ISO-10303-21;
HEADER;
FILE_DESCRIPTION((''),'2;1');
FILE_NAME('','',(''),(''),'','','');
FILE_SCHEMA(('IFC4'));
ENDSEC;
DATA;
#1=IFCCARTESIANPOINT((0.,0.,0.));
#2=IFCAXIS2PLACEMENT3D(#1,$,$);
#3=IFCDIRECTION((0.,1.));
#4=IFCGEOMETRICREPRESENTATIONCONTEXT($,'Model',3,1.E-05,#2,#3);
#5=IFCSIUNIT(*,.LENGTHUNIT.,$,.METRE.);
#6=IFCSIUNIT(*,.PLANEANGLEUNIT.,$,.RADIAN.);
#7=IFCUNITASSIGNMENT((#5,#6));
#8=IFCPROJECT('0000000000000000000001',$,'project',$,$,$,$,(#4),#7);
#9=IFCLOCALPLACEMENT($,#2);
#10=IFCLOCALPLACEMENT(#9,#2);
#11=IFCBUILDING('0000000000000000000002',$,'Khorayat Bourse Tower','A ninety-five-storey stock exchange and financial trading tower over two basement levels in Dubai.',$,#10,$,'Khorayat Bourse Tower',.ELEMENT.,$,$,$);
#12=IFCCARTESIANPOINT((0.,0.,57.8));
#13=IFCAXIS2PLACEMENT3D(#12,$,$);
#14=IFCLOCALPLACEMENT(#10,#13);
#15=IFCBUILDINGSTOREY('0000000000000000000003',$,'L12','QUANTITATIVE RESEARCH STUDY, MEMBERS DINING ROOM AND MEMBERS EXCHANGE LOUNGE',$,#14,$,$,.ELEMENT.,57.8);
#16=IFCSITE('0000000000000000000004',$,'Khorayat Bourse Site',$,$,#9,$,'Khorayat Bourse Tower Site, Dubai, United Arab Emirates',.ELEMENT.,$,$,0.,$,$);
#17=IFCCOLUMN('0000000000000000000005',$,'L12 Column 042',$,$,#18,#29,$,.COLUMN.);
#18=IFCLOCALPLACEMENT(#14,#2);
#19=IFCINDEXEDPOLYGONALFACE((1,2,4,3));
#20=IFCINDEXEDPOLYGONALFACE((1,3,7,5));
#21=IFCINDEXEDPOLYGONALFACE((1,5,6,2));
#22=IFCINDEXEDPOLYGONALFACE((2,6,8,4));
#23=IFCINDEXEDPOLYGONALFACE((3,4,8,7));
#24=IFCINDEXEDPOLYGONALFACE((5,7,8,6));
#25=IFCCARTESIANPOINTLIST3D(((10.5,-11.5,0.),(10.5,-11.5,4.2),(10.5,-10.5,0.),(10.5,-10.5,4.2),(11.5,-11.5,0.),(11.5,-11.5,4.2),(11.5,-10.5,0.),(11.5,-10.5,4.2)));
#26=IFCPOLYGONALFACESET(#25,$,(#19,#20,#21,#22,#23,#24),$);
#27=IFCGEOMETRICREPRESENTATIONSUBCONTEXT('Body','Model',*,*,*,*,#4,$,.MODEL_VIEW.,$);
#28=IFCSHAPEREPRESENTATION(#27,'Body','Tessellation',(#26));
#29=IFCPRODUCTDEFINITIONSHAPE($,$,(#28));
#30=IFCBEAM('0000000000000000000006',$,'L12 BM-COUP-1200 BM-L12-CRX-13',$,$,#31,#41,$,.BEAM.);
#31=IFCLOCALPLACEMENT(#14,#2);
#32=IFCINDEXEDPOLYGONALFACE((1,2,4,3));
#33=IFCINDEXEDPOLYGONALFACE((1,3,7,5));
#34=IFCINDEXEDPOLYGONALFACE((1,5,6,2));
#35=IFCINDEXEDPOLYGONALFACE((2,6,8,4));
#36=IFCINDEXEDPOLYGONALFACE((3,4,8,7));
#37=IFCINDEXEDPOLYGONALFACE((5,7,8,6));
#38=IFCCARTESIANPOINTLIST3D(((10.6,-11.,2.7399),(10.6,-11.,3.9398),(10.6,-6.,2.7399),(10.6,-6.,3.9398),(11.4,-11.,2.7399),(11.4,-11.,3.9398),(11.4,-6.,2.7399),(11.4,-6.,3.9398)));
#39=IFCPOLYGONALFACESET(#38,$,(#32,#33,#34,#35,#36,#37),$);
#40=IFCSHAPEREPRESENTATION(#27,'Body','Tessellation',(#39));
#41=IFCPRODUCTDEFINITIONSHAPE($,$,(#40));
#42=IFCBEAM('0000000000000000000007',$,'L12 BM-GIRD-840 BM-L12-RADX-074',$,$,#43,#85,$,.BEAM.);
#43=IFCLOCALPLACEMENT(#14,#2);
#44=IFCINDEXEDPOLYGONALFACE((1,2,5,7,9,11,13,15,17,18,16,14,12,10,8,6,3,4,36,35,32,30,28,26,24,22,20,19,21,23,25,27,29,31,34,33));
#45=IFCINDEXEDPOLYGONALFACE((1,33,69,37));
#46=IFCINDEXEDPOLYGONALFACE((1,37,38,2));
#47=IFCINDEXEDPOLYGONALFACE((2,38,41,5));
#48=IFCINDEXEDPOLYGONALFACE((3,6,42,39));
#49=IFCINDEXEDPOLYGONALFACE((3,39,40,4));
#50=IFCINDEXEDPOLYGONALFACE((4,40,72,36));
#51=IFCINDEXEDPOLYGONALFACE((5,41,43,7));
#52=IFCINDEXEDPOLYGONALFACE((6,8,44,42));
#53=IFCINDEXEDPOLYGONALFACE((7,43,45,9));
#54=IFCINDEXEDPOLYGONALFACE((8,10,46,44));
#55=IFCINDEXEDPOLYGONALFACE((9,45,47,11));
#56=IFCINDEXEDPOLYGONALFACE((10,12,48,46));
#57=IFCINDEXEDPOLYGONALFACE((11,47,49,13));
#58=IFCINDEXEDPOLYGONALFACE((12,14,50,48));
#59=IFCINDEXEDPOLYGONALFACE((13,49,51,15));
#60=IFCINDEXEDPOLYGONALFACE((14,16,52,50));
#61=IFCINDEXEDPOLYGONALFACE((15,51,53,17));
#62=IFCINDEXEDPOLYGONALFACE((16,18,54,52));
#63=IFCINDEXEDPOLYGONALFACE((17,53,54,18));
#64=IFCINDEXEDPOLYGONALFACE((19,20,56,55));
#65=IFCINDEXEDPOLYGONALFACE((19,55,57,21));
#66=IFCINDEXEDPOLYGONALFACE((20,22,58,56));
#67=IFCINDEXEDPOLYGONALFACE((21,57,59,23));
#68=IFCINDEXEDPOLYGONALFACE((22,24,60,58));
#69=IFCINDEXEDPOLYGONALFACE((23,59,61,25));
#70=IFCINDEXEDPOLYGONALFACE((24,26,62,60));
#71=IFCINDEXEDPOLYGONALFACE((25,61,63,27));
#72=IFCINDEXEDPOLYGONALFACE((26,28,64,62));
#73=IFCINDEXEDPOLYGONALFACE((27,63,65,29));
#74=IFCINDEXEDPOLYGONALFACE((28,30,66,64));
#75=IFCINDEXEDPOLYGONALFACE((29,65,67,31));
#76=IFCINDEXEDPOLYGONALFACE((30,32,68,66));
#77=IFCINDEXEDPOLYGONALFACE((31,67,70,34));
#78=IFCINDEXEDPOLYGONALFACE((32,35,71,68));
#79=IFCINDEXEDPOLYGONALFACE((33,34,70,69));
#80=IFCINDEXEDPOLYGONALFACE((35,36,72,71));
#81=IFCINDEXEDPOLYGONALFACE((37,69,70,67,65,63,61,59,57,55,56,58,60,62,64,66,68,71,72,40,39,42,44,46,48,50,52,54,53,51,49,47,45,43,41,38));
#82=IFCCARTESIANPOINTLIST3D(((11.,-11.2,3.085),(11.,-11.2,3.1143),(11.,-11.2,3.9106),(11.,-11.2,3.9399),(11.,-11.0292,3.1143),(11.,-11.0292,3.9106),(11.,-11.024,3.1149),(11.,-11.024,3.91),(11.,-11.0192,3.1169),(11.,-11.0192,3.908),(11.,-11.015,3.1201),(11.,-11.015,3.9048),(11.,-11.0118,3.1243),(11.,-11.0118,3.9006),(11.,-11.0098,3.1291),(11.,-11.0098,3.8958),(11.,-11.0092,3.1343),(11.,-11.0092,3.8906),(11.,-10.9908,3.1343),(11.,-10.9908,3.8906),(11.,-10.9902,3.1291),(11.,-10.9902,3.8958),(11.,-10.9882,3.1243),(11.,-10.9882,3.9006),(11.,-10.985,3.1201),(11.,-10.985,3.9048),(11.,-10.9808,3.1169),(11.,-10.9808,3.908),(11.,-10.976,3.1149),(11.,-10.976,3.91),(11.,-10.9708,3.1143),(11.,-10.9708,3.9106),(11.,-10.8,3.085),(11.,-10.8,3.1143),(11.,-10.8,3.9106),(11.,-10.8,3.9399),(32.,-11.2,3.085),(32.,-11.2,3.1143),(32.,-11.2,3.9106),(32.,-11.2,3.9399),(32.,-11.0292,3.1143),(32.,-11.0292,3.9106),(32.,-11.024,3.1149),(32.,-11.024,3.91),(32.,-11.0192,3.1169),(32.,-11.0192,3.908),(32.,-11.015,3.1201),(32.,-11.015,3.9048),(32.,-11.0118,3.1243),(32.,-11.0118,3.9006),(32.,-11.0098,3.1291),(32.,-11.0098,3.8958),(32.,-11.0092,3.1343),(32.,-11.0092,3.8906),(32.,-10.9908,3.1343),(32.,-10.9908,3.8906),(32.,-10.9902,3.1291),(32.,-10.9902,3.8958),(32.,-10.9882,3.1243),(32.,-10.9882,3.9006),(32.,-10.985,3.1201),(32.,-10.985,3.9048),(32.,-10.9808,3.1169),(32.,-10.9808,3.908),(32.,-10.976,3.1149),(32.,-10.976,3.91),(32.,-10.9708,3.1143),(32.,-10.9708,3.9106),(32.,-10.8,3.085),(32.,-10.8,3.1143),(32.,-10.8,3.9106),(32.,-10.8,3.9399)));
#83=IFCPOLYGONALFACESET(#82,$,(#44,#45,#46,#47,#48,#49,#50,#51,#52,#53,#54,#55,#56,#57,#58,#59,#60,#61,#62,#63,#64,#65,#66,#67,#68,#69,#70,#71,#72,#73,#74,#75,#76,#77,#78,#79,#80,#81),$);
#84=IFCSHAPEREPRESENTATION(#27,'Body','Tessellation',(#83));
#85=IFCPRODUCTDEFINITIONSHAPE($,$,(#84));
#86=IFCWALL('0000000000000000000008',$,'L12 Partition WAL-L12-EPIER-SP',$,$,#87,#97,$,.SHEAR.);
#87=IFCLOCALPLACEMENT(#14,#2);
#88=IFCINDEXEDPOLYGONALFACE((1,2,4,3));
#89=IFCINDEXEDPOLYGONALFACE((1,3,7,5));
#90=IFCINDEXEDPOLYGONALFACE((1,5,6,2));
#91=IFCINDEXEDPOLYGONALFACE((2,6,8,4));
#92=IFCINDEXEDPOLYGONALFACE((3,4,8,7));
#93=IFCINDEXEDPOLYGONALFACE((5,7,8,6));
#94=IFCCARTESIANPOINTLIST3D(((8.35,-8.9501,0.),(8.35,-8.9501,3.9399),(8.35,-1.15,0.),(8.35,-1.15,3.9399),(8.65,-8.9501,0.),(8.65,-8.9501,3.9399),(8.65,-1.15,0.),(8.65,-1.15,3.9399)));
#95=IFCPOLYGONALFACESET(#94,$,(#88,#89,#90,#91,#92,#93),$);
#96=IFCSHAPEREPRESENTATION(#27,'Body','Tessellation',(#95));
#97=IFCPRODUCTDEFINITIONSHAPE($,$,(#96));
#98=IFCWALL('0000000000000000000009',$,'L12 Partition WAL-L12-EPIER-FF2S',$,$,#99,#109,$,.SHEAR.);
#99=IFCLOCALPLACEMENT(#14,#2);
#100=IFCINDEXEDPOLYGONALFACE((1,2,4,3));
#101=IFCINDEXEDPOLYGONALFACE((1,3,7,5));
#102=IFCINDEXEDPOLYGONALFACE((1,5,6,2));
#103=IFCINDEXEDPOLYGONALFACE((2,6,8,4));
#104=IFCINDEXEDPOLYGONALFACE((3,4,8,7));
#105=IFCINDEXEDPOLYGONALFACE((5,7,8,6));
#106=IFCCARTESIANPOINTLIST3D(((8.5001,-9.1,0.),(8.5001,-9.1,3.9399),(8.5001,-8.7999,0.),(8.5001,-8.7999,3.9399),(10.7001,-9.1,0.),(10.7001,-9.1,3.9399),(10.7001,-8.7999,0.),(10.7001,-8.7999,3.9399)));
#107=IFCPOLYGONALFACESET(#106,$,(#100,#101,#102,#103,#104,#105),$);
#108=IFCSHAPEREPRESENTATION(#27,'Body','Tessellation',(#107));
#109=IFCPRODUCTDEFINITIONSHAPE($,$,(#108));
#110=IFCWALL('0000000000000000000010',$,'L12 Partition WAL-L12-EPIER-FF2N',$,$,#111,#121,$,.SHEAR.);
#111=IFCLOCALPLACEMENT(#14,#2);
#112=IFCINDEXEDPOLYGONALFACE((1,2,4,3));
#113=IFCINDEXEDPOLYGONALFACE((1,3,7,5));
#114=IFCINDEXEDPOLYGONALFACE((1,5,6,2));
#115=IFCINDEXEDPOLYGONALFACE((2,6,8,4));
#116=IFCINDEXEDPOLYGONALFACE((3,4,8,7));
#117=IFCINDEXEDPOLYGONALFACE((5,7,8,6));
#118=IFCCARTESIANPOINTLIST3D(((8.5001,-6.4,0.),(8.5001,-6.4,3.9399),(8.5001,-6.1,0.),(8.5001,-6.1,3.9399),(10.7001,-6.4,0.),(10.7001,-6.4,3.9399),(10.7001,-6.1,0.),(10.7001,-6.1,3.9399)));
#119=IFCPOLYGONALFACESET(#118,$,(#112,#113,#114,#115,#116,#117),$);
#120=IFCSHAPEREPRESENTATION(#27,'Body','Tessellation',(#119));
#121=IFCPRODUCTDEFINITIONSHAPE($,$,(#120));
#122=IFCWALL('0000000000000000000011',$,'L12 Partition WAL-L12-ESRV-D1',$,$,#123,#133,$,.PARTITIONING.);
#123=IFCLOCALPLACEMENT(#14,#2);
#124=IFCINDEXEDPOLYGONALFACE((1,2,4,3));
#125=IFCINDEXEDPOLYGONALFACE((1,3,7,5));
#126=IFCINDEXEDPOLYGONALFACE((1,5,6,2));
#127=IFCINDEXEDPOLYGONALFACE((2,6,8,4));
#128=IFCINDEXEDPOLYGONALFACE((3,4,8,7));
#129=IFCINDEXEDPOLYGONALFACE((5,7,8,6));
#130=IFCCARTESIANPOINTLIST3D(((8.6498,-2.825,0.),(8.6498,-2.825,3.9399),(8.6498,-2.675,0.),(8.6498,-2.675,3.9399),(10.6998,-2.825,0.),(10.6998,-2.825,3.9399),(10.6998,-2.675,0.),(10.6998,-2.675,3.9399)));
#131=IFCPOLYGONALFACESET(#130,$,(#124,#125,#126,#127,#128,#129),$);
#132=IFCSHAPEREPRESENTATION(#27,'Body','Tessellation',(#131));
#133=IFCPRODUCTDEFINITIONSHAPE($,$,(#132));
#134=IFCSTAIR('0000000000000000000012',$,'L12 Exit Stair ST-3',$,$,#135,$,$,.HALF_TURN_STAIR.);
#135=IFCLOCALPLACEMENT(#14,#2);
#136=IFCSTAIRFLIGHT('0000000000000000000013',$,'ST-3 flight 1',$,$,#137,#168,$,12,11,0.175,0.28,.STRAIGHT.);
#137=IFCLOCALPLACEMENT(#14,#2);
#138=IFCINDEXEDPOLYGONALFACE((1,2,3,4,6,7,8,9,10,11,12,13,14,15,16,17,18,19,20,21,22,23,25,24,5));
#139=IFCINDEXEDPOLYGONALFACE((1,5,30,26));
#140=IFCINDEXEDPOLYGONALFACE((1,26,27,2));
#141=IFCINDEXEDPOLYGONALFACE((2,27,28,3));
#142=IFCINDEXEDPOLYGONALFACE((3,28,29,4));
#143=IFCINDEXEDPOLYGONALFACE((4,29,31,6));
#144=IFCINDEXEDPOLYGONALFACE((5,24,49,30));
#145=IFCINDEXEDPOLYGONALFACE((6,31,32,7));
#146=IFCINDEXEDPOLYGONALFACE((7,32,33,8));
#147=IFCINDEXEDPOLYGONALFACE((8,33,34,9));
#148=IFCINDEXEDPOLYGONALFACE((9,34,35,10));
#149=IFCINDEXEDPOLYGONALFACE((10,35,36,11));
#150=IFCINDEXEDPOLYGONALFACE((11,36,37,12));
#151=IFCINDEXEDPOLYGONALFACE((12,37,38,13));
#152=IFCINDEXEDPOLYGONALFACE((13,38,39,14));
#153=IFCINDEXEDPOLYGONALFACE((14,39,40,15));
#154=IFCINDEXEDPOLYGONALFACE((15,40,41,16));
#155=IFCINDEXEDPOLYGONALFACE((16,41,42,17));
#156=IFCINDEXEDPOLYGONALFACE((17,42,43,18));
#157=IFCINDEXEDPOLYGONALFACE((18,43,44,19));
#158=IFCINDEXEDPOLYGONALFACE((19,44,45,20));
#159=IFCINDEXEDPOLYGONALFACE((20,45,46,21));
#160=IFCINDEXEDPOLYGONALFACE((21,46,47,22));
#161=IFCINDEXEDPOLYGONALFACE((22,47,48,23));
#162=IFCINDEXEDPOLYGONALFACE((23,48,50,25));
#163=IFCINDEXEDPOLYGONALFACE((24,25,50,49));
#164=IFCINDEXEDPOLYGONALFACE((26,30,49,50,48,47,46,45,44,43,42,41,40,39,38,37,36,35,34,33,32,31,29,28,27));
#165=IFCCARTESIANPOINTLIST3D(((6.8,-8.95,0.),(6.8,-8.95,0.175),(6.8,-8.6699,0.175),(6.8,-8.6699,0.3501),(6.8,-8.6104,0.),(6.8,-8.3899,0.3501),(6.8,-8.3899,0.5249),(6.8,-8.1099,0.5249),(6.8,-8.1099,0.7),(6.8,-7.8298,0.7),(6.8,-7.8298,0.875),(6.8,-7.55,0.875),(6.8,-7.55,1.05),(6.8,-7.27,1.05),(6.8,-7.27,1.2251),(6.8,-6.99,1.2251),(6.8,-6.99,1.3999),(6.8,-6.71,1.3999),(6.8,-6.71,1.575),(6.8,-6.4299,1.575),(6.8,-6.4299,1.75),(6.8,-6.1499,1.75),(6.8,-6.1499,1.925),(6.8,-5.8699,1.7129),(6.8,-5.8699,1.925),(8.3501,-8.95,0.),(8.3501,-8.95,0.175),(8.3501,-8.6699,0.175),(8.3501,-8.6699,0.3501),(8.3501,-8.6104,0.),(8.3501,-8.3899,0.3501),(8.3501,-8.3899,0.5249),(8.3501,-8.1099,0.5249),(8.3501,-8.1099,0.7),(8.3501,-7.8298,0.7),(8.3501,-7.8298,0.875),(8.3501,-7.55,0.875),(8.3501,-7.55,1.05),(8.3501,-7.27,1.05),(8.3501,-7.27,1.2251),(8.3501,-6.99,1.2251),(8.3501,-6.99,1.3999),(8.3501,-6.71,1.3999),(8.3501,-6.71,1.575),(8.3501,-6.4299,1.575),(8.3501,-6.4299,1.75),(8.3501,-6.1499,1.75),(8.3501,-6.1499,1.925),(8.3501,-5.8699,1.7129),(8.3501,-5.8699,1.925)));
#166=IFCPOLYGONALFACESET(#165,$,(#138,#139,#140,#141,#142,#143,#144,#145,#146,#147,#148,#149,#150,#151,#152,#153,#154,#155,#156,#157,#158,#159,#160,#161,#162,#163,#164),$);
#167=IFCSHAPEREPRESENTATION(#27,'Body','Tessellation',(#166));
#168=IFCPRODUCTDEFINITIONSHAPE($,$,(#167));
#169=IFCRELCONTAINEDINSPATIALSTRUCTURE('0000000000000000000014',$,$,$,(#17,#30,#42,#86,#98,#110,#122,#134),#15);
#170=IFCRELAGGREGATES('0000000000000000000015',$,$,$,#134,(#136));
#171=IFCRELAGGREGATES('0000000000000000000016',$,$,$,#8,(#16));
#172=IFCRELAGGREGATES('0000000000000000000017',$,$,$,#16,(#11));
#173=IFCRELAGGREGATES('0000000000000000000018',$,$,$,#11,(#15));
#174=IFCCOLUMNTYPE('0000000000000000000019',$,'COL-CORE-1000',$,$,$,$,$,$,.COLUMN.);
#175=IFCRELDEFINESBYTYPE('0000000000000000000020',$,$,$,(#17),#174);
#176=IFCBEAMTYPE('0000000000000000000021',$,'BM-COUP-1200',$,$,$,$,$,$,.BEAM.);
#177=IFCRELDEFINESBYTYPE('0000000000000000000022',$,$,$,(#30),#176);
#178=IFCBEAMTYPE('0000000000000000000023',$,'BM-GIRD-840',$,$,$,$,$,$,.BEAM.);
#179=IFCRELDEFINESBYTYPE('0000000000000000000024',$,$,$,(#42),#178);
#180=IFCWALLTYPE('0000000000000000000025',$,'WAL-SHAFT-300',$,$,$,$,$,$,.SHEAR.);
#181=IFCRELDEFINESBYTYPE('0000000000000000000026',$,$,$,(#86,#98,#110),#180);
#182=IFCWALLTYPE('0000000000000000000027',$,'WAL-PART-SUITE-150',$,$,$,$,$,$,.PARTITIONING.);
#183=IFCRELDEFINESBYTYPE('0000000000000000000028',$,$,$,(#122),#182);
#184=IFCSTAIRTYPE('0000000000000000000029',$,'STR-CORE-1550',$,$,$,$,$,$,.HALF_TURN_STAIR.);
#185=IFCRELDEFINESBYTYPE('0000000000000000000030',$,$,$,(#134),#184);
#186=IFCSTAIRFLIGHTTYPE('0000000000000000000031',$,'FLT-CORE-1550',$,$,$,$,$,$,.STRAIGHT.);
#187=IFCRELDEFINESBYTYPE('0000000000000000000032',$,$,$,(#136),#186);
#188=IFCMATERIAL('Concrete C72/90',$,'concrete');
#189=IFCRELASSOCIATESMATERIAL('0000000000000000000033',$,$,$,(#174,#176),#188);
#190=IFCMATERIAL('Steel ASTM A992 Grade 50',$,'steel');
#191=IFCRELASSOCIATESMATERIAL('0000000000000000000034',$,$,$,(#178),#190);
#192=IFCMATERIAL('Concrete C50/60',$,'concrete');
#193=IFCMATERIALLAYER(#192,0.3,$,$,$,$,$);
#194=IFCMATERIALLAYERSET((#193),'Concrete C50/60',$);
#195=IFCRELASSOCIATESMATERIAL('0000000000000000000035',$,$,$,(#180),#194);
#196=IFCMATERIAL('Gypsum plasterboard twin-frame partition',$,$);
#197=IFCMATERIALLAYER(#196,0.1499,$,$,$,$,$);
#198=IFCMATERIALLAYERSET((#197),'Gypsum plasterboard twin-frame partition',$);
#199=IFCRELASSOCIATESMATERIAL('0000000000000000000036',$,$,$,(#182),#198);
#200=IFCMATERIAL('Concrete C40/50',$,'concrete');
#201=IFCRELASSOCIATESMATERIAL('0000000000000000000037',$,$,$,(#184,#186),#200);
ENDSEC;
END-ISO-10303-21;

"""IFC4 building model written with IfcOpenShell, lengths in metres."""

from ifc_helpers import new_model, si_unit, direction, frame, frame_2d, origin, origin_2d, place, context, subcontext, project, spatial, polyline, rectangle, i_section, outline, extrude, source, transform, mapped, material, layer, layer_set, material_profile, profile_set, type_object, element, aggregate, save


model = new_model("IFC4")

# Units and contexts
model_context = context("Model", 3, precision=1e-05, world=origin(), true_north=direction((0.0, 1.0)))
body_context = subcontext(model_context, "Body", "Model", "MODEL_VIEW")
ifc_project = project(units=[si_unit("LENGTHUNIT", "METRE"), si_unit("PLANEANGLEUNIT", "RADIAN")], contexts=[model_context])

# Site, building, storey
site_placement = place(None, origin())
site = spatial("IfcSite", under=ifc_project, at=site_placement, Name="Khorayat Bourse Site", LongName="Khorayat Bourse Tower Site, Dubai, United Arab Emirates", CompositionType="ELEMENT", RefElevation=0.0)
building_placement = place(site_placement, origin())
building = spatial("IfcBuilding", under=site, at=building_placement, Name="Khorayat Bourse Tower", Description="A ninety-five-storey stock exchange and financial trading tower over two basement levels in Dubai.", LongName="Khorayat Bourse Tower", CompositionType="ELEMENT")
storey_placement = place(building_placement, frame((0.0, 0.0, 57.8)))
storey = spatial("IfcBuildingStorey", under=building, at=storey_placement, Name="L12", Description="QUANTITATIVE RESEARCH STUDY, MEMBERS DINING ROOM AND MEMBERS EXCHANGE LOUNGE", CompositionType="ELEMENT", Elevation=57.8)

# Column
ifc_material_1 = material(Name="Concrete C72/90", Category="concrete")
ifc_material_profile_1 = material_profile(ifc_material_1, rectangle(XDim=1.0, YDim=1.0, at=origin_2d()), Name="RC 1000x1000")
ifc_profile_set_1 = profile_set([ifc_material_profile_1], Name="Concrete C72/90")
column_type = type_object("IfcColumnType", Name="COL-CORE-1000", PredefinedType="COLUMN", material=ifc_profile_set_1)
shared_shape_1 = source(origin(), body_context, "Body", "SweptSolid", [
    extrude(rectangle(XDim=1.0, YDim=1.0, at=origin_2d()), origin(), (0.0, 0.0, 1.0), 4.2),
])
column_placement = place(storey_placement, frame((11.0, -11.0, 0.0), z_axis=(0.0, 0.0, 1.0), x_axis=(1.0, 0.0, 0.0)))
element("IfcColumn", 1, at=column_placement, inside=storey, type_object=column_type, Name="L12 Column 042", PredefinedType="COLUMN", context=body_context, shape_type="MappedRepresentation", body=[
    mapped(shared_shape_1, transform((0.0, 0.0, 0.0), scale=1.0)),
])

# Beams
ifc_material_profile_2 = material_profile(ifc_material_1, rectangle(XDim=0.8, YDim=1.2, at=origin_2d()), Name="RC 800x1200")
ifc_profile_set_2 = profile_set([ifc_material_profile_2], Name="Concrete C72/90")
beam_type_1 = type_object("IfcBeamType", Name="BM-COUP-1200", PredefinedType="BEAM", material=ifc_profile_set_2)
shared_shape_2 = source(origin(), body_context, "Body", "SweptSolid", [
    extrude(rectangle(XDim=0.8, YDim=1.2, at=origin_2d()), origin(), (0.0, 0.0, 1.0), 5.0),
])
beam_1_placement = place(storey_placement, frame((11.0, -11.0, 3.3398), z_axis=(0.0, 1.0, 0.0), x_axis=(-1.0, 0.0, 0.0)))
element("IfcBeam", 2, at=beam_1_placement, inside=storey, type_object=beam_type_1, Name="L12 BM-COUP-1200 BM-L12-CRX-13", PredefinedType="BEAM", context=body_context, shape_type="MappedRepresentation", body=[
    mapped(shared_shape_2, transform((0.0, 0.0, 0.0), scale=1.0)),
])
ifc_material_2 = material(Name="Steel ASTM A992 Grade 50", Category="steel")
ifc_material_profile_3 = material_profile(ifc_material_2, i_section(OverallWidth=0.3999, OverallDepth=0.855, WebThickness=0.0183, FlangeThickness=0.0293, FilletRadius=0.02, at=origin_2d()), Name="W840X299")
ifc_profile_set_3 = profile_set([ifc_material_profile_3], Name="Steel ASTM A992 Grade 50")
beam_type_2 = type_object("IfcBeamType", Name="BM-GIRD-840", PredefinedType="BEAM", material=ifc_profile_set_3)
shared_shape_3 = source(origin(), body_context, "Body", "SweptSolid", [
    extrude(i_section(OverallWidth=0.3999, OverallDepth=0.855, WebThickness=0.0183, FlangeThickness=0.0293, FilletRadius=0.02, at=origin_2d()), origin(), (0.0, 0.0, 1.0), 21.0),
])
beam_2_placement = place(storey_placement, frame((11.0, -11.0, 3.5125), z_axis=(1.0, 0.0, 0.0), x_axis=(0.0, 1.0, 0.0)))
element("IfcBeam", 3, at=beam_2_placement, inside=storey, type_object=beam_type_2, Name="L12 BM-GIRD-840 BM-L12-RADX-074", PredefinedType="BEAM", context=body_context, shape_type="MappedRepresentation", body=[
    mapped(shared_shape_3, transform((0.0, 0.0, 0.0), scale=1.0)),
])

# Walls
ifc_material_3 = material(Name="Concrete C50/60", Category="concrete")
ifc_layer_1 = layer(ifc_material_3, 0.3)
ifc_layer_set_1 = layer_set([ifc_layer_1], Name="Concrete C50/60")
wall_type_1 = type_object("IfcWallType", Name="WAL-SHAFT-300", PredefinedType="SHEAR", material=ifc_layer_set_1)
shared_shape_4 = source(origin(), body_context, "Body", "SweptSolid", [
    extrude(rectangle(XDim=7.8, YDim=0.3, at=frame_2d((3.8999, 0.0))), origin(), (0.0, 0.0, 1.0), 3.9399),
])
wall_1_placement = place(storey_placement, frame((8.5, -8.95, 0.0), z_axis=(0.0, 0.0, 1.0), x_axis=(0.0, 1.0, 0.0)))
element("IfcWall", 4, at=wall_1_placement, inside=storey, type_object=wall_type_1, Name="L12 Partition WAL-L12-EPIER-SP", PredefinedType="SHEAR", context=body_context, shape_type="MappedRepresentation", body=[
    mapped(shared_shape_4, transform((0.0, 0.0, 0.0), scale=1.0)),
])
shared_shape_5 = source(origin(), body_context, "Body", "SweptSolid", [
    extrude(rectangle(XDim=2.2, YDim=0.3, at=frame_2d((1.1001, 0.0))), origin(), (0.0, 0.0, 1.0), 3.9399),
])
for number, where, z_axis, x_axis, name in (
    (5, (8.5, -8.95, 0.0), (0.0, 0.0, 1.0), (1.0, 0.0, 0.0), "L12 Partition WAL-L12-EPIER-FF2S"),
    (6, (8.5, -6.25, 0.0), (0.0, 0.0, 1.0), (1.0, 0.0, 0.0), "L12 Partition WAL-L12-EPIER-FF2N"),
):
    element("IfcWall", number, at=place(storey_placement, frame(where, z_axis=z_axis, x_axis=x_axis)), inside=storey, type_object=wall_type_1, Name=name, PredefinedType="SHEAR", context=body_context, shape_type="MappedRepresentation", body=[
        mapped(shared_shape_5, transform((0.0, 0.0, 0.0), scale=1.0)),
    ])
ifc_material_4 = material(Name="Gypsum plasterboard twin-frame partition")
ifc_layer_2 = layer(ifc_material_4, 0.1499)
ifc_layer_set_2 = layer_set([ifc_layer_2], Name="Gypsum plasterboard twin-frame partition")
wall_type_2 = type_object("IfcWallType", Name="WAL-PART-SUITE-150", PredefinedType="PARTITIONING", material=ifc_layer_set_2)
shared_shape_6 = source(origin(), body_context, "Body", "SweptSolid", [
    extrude(rectangle(XDim=2.05, YDim=0.1499, at=frame_2d((1.0249, 0.0))), origin(), (0.0, 0.0, 1.0), 3.9399),
])
wall_2_placement = place(storey_placement, frame((8.6499, -2.75, 0.0), z_axis=(0.0, 0.0, 1.0), x_axis=(1.0, 0.0, 0.0)))
element("IfcWall", 7, at=wall_2_placement, inside=storey, type_object=wall_type_2, Name="L12 Partition WAL-L12-ESRV-D1", PredefinedType="PARTITIONING", context=body_context, shape_type="MappedRepresentation", body=[
    mapped(shared_shape_6, transform((0.0, 0.0, 0.0), scale=1.0)),
])

# Stair, stair flight
ifc_material_5 = material(Name="Concrete C40/50", Category="concrete")
stair_type = type_object("IfcStairType", Name="STR-CORE-1550", PredefinedType="HALF_TURN_STAIR", material=ifc_material_5)
stair_placement = place(storey_placement, origin())
stair = element("IfcStair", 8, at=stair_placement, inside=storey, type_object=stair_type, Name="L12 Exit Stair ST-3", PredefinedType="HALF_TURN_STAIR")
stair_flight_type = type_object("IfcStairFlightType", Name="FLT-CORE-1550", PredefinedType="STRAIGHT", material=ifc_material_5)
shared_shape_7 = source(origin(), body_context, "Body", "SweptSolid", [
    extrude(outline(polyline([(0.0, 0.0), (0.0, 0.175), (0.28, 0.175), (0.28, 0.3501), (0.5601, 0.3501), (0.5601, 0.5249), (0.8401, 0.5249), (0.8401, 0.7), (1.1201, 0.7), (1.1201, 0.875), (1.3999, 0.875), (1.3999, 1.05), (1.6799, 1.05), (1.6799, 1.2251), (1.96, 1.2251), (1.96, 1.3999), (2.24, 1.3999), (2.24, 1.575), (2.52, 1.575), (2.52, 1.75), (2.8, 1.75), (2.8, 1.925), (3.0801, 1.925), (3.0801, 2.1001), (3.0801, 1.7129), (0.3396, 0.0), (0.0, 0.0)])), frame((0.0, 0.7749, 0.0), z_axis=(0.0, -1.0, 0.0), x_axis=(1.0, 0.0, 0.0)), (0.0, 0.0, 1.0), 1.55),
])
stair_flight_placement = place(storey_placement, frame((7.575, -8.95, 0.0), z_axis=(0.0, 0.0, 1.0), x_axis=(0.0, 1.0, 0.0)))
stair_flight = element("IfcStairFlight", 9, at=stair_flight_placement, type_object=stair_flight_type, Name="ST-3 flight 1", NumberOfRisers=12, NumberOfTreads=11, PredefinedType="STRAIGHT", RiserHeight=0.175, TreadLength=0.28, context=body_context, shape_type="MappedRepresentation", body=[
    mapped(shared_shape_7, transform((0.0, 0.0, 0.0), scale=1.0)),
])
aggregate(stair, [stair_flight])

save(model, "model.ifc")
